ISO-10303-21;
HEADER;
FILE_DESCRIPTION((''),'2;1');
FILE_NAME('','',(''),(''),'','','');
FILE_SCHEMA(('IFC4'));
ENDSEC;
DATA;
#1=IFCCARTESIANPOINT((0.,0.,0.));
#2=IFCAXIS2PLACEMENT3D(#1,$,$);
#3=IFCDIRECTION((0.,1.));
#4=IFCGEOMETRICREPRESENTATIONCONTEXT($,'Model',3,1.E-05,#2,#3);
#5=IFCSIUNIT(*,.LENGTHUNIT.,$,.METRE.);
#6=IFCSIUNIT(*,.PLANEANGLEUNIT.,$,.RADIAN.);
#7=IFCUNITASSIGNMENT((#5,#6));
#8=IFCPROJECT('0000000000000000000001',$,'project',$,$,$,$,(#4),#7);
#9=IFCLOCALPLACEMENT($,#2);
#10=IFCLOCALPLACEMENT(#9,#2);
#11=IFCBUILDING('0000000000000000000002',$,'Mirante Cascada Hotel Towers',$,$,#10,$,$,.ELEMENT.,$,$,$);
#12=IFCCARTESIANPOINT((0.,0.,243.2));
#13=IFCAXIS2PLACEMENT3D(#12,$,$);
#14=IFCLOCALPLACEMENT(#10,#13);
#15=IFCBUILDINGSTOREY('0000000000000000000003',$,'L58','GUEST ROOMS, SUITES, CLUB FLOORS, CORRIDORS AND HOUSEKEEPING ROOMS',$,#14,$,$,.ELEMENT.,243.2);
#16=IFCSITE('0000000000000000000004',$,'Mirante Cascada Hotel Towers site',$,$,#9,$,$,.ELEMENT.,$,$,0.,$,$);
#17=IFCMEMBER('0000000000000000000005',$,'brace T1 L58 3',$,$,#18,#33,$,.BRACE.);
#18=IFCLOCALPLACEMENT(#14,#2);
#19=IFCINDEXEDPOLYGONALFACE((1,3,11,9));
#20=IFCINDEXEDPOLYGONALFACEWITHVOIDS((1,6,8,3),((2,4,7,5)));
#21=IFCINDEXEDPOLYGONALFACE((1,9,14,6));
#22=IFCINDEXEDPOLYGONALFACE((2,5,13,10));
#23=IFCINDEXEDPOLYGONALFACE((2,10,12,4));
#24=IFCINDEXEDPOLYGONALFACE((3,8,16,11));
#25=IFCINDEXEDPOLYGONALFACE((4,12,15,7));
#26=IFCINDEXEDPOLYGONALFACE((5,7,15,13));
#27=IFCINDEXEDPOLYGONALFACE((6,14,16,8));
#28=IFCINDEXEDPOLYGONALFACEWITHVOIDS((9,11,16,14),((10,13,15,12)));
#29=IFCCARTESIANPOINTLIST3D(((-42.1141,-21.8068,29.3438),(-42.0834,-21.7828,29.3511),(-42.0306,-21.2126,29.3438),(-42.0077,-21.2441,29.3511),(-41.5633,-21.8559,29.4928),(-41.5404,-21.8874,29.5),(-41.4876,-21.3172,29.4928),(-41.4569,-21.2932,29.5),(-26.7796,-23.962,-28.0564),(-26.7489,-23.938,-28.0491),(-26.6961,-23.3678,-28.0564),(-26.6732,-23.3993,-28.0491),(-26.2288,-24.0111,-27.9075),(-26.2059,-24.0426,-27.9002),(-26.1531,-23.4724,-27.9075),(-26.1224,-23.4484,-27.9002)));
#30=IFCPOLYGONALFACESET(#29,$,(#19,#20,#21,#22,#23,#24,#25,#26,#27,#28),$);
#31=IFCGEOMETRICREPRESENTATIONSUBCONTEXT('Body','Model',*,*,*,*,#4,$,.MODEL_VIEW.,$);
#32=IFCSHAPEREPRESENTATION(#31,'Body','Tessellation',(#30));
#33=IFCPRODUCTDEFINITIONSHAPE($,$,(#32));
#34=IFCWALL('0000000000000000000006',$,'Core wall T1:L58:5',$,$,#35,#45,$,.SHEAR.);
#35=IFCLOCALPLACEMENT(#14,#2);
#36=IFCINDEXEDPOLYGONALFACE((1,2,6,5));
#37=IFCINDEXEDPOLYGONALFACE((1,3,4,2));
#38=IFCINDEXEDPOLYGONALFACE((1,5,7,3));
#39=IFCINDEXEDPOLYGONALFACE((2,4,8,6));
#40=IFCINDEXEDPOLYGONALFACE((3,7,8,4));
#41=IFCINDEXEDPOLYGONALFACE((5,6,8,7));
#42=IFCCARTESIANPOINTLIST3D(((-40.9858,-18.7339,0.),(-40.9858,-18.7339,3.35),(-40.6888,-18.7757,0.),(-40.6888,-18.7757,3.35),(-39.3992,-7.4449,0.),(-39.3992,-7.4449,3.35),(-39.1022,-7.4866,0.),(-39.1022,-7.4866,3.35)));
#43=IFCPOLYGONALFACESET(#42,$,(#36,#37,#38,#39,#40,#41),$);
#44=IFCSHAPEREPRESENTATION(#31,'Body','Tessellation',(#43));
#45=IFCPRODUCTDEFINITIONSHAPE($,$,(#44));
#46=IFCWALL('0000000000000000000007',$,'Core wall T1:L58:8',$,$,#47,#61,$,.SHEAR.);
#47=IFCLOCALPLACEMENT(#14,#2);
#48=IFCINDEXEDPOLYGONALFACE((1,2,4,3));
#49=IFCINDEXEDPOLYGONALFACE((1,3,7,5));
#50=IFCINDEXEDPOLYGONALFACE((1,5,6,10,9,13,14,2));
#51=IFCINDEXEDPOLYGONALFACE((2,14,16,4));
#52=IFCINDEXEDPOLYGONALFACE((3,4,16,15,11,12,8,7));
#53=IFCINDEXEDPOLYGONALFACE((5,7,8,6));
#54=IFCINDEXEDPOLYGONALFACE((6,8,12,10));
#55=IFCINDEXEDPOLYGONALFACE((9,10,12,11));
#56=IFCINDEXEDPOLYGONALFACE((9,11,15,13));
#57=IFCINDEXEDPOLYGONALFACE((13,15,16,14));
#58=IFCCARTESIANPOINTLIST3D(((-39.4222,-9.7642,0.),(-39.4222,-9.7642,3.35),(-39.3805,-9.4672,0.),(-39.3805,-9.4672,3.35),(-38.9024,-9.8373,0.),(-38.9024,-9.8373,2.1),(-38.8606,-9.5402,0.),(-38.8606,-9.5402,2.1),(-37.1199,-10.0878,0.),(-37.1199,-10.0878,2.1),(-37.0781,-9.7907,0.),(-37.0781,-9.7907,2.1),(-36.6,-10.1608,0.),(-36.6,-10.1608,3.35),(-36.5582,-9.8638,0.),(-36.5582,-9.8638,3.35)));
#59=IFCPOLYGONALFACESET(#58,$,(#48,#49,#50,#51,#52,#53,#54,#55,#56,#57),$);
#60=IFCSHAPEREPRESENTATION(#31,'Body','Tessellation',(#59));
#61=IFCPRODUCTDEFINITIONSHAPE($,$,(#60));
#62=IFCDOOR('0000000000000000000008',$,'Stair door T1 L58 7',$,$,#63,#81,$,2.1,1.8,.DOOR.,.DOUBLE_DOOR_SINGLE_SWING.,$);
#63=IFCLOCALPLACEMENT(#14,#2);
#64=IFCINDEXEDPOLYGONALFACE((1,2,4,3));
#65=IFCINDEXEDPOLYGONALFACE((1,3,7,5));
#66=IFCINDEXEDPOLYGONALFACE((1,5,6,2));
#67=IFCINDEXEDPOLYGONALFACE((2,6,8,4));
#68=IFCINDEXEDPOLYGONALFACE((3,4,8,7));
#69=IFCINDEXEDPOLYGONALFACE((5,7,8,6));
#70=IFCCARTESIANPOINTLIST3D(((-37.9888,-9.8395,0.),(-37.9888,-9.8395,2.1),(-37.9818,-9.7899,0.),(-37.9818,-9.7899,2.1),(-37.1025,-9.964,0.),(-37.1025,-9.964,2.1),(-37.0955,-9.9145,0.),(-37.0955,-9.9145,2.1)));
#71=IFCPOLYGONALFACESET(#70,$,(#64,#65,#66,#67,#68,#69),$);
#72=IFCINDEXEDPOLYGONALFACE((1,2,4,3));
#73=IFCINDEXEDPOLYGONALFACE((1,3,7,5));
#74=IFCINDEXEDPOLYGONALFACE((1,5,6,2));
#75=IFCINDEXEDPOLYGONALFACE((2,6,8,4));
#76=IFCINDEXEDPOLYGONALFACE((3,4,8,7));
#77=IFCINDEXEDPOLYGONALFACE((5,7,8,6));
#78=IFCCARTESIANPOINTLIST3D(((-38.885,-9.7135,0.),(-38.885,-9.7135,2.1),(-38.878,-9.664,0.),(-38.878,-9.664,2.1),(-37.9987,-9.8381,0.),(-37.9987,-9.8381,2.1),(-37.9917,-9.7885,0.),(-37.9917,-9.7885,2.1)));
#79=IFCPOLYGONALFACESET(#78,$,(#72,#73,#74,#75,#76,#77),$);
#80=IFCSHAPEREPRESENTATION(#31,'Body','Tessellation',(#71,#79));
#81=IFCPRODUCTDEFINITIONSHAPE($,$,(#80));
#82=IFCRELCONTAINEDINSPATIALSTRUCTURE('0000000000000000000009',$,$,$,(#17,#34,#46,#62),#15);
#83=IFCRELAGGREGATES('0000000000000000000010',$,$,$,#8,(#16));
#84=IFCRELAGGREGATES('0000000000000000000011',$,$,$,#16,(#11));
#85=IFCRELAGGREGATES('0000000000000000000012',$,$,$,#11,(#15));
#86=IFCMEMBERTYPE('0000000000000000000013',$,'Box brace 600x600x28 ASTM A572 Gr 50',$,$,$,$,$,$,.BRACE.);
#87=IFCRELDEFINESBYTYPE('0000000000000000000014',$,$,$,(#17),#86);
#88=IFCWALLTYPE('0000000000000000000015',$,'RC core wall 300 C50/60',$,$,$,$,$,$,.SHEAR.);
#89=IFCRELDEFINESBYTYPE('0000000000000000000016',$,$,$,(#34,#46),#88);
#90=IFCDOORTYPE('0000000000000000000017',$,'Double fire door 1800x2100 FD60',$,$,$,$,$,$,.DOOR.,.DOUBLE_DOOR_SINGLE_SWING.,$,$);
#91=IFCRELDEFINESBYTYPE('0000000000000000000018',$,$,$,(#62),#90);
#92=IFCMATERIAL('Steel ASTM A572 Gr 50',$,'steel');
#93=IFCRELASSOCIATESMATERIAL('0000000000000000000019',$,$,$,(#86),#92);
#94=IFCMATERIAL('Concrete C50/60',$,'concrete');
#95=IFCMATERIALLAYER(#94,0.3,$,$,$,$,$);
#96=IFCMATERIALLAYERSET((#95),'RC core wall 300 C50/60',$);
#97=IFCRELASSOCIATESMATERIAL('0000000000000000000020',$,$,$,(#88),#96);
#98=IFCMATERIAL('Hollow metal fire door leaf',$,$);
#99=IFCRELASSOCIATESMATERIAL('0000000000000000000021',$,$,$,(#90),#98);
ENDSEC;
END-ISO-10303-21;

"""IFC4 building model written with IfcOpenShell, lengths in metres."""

from ifc_helpers import new_model, si_unit, direction, frame, frame_2d, origin, origin_2d, place, context, subcontext, project, spatial, rectangle, hollow_rectangle, extrude, material, layer, layer_set, material_profile, profile_set, type_object, element, fill, save


model = new_model("IFC4")

# Units and contexts
model_context = context("Model", 3, precision=1e-05, world=origin(), true_north=direction((0.0, 1.0)))
body_context = subcontext(model_context, "Body", "Model", "MODEL_VIEW")
ifc_project = project(units=[si_unit("LENGTHUNIT", "METRE"), si_unit("PLANEANGLEUNIT", "RADIAN")], contexts=[model_context])

# Site, building, storey
site_placement = place(None, origin())
site = spatial("IfcSite", under=ifc_project, at=site_placement, Name="Mirante Cascada Hotel Towers site", CompositionType="ELEMENT", RefElevation=0.0)
building_placement = place(site_placement, origin())
building = spatial("IfcBuilding", under=site, at=building_placement, Name="Mirante Cascada Hotel Towers", CompositionType="ELEMENT")
storey_placement = place(building_placement, frame((0.0, 0.0, 243.2)))
storey = spatial("IfcBuildingStorey", under=building, at=storey_placement, Name="L58", Description="GUEST ROOMS, SUITES, CLUB FLOORS, CORRIDORS AND HOUSEKEEPING ROOMS", CompositionType="ELEMENT", Elevation=243.2)

# Member
ifc_material_1 = material(Name="Steel ASTM A572 Gr 50", Category="steel")
ifc_material_profile = material_profile(ifc_material_1, hollow_rectangle(XDim=0.6, YDim=0.6, WallThickness=0.028, at=origin_2d()), Name="Box brace 600x600x28 ASTM A572 Gr 50")
ifc_profile_set = profile_set([ifc_material_profile], Name="Steel ASTM A572 Gr 50")
member_type = type_object("IfcMemberType", Name="Box brace 600x600x28 ASTM A572 Gr 50", PredefinedType="BRACE", material=ifc_profile_set)
member_placement = place(storey_placement, frame((-26.451, -23.7052, -27.9783), z_axis=(-0.257929, 0.036251, 0.965483), x_axis=(-0.139178, -0.990267, 0.0)))
element("IfcMember", 1, at=member_placement, inside=storey, type_object=member_type, Name="brace T1 L58 3", PredefinedType="BRACE", context=body_context, shape_type="SweptSolid", body=[
    extrude(hollow_rectangle(XDim=0.6, YDim=0.6, WallThickness=0.028, at=origin_2d()), origin(), (0.0, 0.0, 1.0), 59.4523),
])

# Wall
ifc_material_2 = material(Name="Concrete C50/60", Category="concrete")
ifc_layer_1 = layer(ifc_material_2, 0.3)
ifc_layer_set_1 = layer_set([ifc_layer_1], Name="RC core wall 300 C50/60")
wall_type_1 = type_object("IfcWallType", Name="RC core wall 300 C50/60", PredefinedType="SHEAR", material=ifc_layer_set_1)
wall_1_placement = place(storey_placement, frame((-40.8373, -18.7548, 0.0), z_axis=(0.0, 0.0, 1.0), x_axis=(0.139175, 0.990268, 0.0)))
element("IfcWall", 2, at=wall_1_placement, inside=storey, type_object=wall_type_1, Name="Core wall T1:L58:5", PredefinedType="SHEAR", context=body_context, shape_type="SweptSolid", body=[
    extrude(rectangle(XDim=11.4, YDim=0.3, at=frame_2d((5.7, 0.0))), origin(), (0.0, 0.0, 1.0), 3.35),
])

# Wall, opening, door
wall_2_placement = place(storey_placement, frame((-36.5791, -10.0123, 0.0), z_axis=(0.0, 0.0, 1.0), x_axis=(-0.99027, 0.139156, 0.0)))
wall_2 = element("IfcWall", 3, at=wall_2_placement, inside=storey, type_object=wall_type_1, Name="Core wall T1:L58:8", PredefinedType="SHEAR", context=body_context, shape_type="SweptSolid", body=[
    extrude(rectangle(XDim=2.85, YDim=0.3, at=frame_2d((1.425, 0.0))), origin(), (0.0, 0.0, 1.0), 3.35),
])
opening_1_placement = place(wall_2_placement, frame((0.525, 0.0, 0.0)))
opening_1 = element("IfcOpeningElement", 4, at=opening_1_placement, cuts=wall_2, PredefinedType="OPENING", context=body_context, shape_type="SweptSolid", body=[
    extrude(rectangle(XDim=1.8, YDim=2.1, at=frame_2d((0.9, 1.05))), frame((0.0, 0.15, 0.0), z_axis=(0.0, -1.0, 0.0), x_axis=(1.0, 0.0, 0.0)), (0.0, 0.0, 1.0), 0.3),
])
ifc_material_3 = material(Name="Hollow metal fire door leaf")
door_type_1 = type_object("IfcDoorType", Name="Double fire door 1800x2100 FD60", OperationType="DOUBLE_DOOR_SINGLE_SWING", PredefinedType="DOOR", material=ifc_material_3)
door_1_placement = place(opening_1_placement, origin())
door_1 = element("IfcDoor", 5, at=door_1_placement, inside=storey, type_object=door_type_1, Name="Stair door T1 L58 7", OperationType="DOUBLE_DOOR_SINGLE_SWING", OverallHeight=2.1, OverallWidth=1.8, PredefinedType="DOOR", context=body_context, shape_type="SweptSolid", body=[
    extrude(rectangle(XDim=0.895, YDim=2.1, at=frame_2d((0.4475, 1.05))), frame((0.0, 0.025, 0.0), z_axis=(0.0, -1.0, 0.0), x_axis=(1.0, 0.0, 0.0)), (0.0, 0.0, 1.0), 0.05),
    extrude(rectangle(XDim=0.895, YDim=2.1, at=frame_2d((1.3525, 1.05))), frame((0.0, 0.025, 0.0), z_axis=(0.0, -1.0, 0.0), x_axis=(1.0, 0.0, 0.0)), (0.0, 0.0, 1.0), 0.05),
])
fill(opening_1, door_1)

save(model, "model.ifc")
